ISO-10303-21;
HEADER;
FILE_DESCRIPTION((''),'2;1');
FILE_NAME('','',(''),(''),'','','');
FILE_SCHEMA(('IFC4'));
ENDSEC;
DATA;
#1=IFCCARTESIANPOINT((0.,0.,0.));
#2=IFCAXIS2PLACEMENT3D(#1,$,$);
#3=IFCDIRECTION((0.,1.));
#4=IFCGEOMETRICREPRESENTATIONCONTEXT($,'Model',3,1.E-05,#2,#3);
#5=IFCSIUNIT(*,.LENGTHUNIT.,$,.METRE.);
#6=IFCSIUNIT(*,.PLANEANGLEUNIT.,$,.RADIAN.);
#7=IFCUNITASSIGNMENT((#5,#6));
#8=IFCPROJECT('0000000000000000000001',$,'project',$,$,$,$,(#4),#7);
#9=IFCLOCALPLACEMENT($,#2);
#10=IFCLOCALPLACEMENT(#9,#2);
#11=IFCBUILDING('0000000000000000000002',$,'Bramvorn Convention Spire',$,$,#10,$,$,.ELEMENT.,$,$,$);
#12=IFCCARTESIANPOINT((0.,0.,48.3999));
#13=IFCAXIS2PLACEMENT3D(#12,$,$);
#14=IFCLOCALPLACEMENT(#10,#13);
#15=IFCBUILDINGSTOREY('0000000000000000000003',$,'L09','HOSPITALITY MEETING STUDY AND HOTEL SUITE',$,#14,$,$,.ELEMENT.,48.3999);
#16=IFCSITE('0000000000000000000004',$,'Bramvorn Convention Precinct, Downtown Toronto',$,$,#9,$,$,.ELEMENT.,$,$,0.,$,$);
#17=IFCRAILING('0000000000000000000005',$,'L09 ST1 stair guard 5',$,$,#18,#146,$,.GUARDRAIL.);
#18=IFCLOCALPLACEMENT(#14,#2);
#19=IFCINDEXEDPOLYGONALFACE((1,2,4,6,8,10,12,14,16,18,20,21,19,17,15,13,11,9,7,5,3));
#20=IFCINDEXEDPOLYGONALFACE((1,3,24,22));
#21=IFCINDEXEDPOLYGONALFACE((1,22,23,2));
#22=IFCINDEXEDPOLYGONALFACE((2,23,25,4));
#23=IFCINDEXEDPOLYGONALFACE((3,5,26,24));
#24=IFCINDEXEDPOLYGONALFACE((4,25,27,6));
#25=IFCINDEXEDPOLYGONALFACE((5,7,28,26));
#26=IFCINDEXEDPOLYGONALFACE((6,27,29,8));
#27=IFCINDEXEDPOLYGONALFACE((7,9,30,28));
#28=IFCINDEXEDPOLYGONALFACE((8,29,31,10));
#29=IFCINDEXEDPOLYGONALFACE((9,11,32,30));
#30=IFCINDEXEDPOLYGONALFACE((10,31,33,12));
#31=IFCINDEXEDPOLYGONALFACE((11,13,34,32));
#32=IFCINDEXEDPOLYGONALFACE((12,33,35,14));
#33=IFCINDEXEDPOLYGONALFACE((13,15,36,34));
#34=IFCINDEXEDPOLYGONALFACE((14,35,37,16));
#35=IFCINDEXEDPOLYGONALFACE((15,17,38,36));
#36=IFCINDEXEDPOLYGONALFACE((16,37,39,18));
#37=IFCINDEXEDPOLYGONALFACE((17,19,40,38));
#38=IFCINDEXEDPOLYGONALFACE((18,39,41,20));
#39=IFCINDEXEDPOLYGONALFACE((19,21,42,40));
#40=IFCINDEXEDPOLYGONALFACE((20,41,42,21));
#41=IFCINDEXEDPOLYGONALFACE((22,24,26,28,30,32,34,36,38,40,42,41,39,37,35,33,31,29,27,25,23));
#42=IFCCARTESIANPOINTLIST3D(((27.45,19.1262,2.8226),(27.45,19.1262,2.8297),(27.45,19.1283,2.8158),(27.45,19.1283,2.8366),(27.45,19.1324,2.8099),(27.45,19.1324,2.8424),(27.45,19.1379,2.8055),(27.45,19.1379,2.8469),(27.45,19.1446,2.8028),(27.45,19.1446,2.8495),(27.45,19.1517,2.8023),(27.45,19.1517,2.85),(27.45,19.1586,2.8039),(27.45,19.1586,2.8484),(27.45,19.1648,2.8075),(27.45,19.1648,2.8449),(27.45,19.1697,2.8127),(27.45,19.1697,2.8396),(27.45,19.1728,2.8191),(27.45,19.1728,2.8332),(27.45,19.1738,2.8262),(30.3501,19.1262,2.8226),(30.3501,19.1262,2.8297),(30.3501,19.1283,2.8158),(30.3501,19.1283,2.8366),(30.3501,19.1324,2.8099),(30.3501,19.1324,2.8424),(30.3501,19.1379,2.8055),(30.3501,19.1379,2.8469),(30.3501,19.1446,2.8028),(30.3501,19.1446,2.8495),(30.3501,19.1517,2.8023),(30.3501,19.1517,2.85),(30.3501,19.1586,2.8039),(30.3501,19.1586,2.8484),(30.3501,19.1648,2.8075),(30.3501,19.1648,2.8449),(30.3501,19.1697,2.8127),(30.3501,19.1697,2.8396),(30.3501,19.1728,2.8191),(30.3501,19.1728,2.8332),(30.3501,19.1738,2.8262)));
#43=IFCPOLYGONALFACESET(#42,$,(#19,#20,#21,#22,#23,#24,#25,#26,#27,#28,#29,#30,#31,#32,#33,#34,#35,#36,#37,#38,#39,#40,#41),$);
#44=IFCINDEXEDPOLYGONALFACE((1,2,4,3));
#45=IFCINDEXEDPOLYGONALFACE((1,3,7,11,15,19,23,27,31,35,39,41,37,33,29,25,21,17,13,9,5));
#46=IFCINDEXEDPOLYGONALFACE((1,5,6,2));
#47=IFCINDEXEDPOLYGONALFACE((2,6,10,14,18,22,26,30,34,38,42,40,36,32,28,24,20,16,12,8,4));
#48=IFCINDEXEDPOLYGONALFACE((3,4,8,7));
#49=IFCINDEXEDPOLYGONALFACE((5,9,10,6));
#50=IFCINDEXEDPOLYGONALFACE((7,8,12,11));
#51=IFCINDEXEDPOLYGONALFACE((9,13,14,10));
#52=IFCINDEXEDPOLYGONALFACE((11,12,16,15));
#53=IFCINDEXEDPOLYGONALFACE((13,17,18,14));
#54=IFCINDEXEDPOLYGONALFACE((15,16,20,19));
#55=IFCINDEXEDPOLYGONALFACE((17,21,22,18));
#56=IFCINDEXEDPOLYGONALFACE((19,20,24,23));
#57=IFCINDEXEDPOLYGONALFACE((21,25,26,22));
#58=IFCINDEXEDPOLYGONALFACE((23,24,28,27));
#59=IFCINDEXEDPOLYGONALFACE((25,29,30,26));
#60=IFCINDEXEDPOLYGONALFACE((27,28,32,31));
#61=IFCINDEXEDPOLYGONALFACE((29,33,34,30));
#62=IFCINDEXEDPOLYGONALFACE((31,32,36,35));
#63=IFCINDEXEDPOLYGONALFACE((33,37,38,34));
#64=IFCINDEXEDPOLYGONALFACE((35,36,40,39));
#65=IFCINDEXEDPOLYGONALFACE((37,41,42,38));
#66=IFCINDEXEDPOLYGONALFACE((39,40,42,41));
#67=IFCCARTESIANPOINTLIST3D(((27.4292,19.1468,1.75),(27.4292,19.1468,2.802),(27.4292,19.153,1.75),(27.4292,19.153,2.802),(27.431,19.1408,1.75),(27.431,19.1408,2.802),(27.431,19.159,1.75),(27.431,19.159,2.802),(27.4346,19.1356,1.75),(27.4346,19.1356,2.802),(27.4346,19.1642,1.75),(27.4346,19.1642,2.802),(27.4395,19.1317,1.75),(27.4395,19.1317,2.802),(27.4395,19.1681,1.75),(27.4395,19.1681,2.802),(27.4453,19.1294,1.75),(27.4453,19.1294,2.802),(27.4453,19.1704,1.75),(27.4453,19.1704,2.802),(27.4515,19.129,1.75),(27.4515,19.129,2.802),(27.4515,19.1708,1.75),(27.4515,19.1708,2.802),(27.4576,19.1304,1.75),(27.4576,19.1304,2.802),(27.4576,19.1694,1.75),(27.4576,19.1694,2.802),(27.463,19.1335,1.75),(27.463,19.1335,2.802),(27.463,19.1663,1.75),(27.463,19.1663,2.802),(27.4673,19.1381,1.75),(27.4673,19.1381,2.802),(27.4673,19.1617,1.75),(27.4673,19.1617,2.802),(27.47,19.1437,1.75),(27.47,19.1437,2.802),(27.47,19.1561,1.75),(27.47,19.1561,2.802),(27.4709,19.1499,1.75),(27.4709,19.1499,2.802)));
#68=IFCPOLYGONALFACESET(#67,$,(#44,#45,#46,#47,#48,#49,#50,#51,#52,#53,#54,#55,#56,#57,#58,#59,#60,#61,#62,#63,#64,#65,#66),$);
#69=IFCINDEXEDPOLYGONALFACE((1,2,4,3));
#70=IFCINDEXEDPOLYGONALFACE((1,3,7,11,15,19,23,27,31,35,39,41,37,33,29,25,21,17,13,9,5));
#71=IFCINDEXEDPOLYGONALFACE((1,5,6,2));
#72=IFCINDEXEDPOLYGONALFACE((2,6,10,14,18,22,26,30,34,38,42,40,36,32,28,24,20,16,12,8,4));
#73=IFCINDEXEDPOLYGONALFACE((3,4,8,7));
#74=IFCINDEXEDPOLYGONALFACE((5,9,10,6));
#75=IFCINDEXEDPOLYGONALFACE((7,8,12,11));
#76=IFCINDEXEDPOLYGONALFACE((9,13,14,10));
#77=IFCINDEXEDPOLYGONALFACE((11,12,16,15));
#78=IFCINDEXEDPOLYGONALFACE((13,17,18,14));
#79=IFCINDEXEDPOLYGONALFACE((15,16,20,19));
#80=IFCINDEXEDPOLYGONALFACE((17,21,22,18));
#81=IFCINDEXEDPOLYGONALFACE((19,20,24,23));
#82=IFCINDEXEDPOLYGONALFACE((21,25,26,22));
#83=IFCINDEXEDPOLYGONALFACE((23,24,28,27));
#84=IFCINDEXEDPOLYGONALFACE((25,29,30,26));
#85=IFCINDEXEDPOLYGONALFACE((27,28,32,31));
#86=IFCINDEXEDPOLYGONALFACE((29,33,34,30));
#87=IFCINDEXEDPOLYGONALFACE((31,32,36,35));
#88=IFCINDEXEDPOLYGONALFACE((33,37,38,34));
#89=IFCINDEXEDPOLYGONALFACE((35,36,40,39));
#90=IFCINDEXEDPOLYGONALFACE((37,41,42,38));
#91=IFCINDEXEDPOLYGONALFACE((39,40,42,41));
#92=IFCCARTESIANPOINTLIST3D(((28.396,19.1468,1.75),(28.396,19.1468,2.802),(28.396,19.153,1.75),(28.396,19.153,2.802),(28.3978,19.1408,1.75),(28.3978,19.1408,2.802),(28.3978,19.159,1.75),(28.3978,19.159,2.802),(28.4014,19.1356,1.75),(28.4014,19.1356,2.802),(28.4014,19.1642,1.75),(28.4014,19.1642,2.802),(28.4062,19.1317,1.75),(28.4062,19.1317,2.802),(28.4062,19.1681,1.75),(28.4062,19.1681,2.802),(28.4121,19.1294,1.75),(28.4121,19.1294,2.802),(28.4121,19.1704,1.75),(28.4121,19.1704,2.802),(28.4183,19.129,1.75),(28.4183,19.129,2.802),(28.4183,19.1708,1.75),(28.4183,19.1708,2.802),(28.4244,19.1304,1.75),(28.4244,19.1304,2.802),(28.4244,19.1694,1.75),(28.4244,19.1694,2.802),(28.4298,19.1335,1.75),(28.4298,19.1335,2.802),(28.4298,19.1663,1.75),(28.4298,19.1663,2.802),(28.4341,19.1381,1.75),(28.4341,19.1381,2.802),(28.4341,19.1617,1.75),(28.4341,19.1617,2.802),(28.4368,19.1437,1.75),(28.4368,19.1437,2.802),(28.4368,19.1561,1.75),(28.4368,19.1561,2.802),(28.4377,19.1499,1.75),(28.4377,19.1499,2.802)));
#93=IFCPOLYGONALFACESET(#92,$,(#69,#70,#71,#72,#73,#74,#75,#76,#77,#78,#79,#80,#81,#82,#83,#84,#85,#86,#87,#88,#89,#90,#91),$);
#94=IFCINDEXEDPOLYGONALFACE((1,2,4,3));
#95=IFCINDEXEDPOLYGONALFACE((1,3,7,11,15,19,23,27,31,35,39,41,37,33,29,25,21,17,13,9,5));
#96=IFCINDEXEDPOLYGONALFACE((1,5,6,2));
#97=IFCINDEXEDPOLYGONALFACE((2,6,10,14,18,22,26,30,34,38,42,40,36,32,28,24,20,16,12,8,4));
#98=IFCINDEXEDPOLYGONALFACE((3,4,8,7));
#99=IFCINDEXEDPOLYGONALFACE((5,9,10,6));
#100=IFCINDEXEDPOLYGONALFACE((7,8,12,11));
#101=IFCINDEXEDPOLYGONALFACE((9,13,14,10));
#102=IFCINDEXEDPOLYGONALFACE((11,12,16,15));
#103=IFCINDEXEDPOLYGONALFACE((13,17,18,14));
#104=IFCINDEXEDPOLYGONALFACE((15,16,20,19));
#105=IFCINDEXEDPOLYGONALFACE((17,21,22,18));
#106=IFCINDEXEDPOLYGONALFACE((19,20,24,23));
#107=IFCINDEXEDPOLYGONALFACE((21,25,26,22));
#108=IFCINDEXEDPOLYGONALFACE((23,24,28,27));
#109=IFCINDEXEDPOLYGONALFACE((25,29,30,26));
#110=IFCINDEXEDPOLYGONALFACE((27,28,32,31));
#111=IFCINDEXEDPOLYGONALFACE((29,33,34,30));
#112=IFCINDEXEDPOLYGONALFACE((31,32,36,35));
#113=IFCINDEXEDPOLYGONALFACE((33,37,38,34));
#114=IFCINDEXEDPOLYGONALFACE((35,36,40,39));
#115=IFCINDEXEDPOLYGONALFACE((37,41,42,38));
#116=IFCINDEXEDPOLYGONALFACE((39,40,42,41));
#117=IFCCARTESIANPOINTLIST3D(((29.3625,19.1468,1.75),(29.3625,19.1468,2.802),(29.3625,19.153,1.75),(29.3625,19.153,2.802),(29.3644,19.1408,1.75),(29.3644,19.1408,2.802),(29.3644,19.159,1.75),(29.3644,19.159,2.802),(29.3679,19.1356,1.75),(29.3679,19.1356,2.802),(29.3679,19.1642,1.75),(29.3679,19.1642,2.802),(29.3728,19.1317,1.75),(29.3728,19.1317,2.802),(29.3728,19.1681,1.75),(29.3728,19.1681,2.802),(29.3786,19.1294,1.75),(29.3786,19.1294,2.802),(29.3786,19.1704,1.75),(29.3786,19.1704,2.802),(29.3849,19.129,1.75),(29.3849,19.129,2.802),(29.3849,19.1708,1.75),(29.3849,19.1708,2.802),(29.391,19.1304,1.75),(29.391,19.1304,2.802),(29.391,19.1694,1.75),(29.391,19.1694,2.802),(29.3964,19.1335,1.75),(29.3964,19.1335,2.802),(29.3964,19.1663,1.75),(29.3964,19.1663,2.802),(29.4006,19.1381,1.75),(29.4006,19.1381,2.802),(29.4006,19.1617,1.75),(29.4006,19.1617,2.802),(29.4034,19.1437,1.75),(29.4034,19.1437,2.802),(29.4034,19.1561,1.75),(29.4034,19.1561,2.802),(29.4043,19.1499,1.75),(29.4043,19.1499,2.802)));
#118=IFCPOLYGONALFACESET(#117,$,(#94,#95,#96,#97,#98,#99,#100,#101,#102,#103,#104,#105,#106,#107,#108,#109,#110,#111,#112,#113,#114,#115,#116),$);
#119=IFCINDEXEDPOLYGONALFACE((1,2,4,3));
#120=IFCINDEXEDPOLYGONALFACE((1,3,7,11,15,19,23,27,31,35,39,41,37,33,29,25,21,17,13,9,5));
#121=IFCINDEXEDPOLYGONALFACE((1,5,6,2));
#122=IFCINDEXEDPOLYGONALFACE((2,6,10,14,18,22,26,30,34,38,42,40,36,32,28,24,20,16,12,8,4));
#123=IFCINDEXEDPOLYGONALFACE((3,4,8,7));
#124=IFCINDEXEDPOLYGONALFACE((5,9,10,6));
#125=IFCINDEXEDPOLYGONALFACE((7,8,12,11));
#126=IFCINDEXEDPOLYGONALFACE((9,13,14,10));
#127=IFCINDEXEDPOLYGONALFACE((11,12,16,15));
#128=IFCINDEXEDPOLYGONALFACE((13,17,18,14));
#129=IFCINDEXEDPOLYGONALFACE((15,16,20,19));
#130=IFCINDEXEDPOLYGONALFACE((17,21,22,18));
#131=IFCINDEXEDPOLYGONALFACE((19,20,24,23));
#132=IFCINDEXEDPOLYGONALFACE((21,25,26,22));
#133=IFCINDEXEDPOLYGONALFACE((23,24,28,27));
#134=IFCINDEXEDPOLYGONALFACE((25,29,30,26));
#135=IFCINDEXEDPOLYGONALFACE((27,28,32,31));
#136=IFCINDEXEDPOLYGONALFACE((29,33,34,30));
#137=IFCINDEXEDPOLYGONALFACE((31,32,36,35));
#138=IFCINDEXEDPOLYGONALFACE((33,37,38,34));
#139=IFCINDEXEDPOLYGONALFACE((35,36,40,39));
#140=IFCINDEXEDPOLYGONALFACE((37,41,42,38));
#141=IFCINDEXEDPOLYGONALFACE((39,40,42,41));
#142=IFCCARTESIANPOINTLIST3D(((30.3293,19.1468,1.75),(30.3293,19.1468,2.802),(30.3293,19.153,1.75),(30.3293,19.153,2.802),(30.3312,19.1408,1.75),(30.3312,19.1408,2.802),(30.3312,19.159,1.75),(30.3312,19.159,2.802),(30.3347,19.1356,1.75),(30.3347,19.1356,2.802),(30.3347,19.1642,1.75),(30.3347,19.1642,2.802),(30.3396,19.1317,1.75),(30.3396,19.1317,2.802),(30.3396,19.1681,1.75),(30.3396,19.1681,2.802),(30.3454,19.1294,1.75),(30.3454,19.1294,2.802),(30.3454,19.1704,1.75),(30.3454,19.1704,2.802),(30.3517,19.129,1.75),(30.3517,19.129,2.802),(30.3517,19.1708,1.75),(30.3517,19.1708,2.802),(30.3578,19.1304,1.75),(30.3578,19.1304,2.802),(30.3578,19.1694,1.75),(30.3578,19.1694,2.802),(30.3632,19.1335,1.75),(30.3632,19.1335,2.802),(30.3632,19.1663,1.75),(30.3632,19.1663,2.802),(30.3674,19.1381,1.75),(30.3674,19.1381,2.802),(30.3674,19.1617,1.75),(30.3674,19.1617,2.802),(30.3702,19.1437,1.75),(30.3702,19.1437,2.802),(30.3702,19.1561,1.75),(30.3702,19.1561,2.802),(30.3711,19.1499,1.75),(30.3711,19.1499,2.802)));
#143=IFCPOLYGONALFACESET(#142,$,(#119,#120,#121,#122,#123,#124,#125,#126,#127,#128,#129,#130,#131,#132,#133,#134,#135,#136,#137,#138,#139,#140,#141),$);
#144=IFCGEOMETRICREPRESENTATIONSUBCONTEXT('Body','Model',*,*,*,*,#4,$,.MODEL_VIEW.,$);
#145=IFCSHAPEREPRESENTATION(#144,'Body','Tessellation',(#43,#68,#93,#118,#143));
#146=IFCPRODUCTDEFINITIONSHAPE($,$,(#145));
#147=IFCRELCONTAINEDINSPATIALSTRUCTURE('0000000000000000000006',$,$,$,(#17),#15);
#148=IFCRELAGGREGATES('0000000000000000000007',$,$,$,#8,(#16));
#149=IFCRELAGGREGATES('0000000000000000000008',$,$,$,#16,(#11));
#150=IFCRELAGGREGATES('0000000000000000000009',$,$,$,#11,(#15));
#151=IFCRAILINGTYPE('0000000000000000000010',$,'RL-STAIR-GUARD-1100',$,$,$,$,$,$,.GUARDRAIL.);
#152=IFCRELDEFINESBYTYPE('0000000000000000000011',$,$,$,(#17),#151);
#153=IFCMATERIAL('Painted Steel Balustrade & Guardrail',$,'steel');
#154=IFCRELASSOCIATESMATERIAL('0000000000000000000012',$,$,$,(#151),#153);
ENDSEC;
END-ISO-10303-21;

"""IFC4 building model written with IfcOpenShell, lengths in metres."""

from ifc_helpers import new_model, si_unit, direction, frame, origin, origin_2d, place, context, subcontext, project, spatial, circle, extrude, material, type_object, element, save


model = new_model("IFC4")

# Units and contexts
model_context = context("Model", 3, precision=1e-05, world=origin(), true_north=direction((0.0, 1.0)))
body_context = subcontext(model_context, "Body", "Model", "MODEL_VIEW")
ifc_project = project(units=[si_unit("LENGTHUNIT", "METRE"), si_unit("PLANEANGLEUNIT", "RADIAN")], contexts=[model_context])

# Site, building, storey
site_placement = place(None, origin())
site = spatial("IfcSite", under=ifc_project, at=site_placement, Name="Bramvorn Convention Precinct, Downtown Toronto", CompositionType="ELEMENT", RefElevation=0.0)
building_placement = place(site_placement, origin())
building = spatial("IfcBuilding", under=site, at=building_placement, Name="Bramvorn Convention Spire", CompositionType="ELEMENT")
storey_placement = place(building_placement, frame((0.0, 0.0, 48.3999)))
storey = spatial("IfcBuildingStorey", under=building, at=storey_placement, Name="L09", Description="HOSPITALITY MEETING STUDY AND HOTEL SUITE", CompositionType="ELEMENT", Elevation=48.3999)

# Railing
ifc_material_1 = material(Name="Painted Steel Balustrade & Guardrail", Category="steel")
railing_type = type_object("IfcRailingType", Name="RL-STAIR-GUARD-1100", PredefinedType="GUARDRAIL", material=ifc_material_1)
railing_1_placement = place(storey_placement, frame((27.45, 19.1499, 1.75)))
element("IfcRailing", 1, at=railing_1_placement, inside=storey, type_object=railing_type, Name="L09 ST1 stair guard 5", PredefinedType="GUARDRAIL", context=body_context, shape_type="SweptSolid", body=[
    extrude(circle(Radius=0.0239, at=origin_2d()), frame((0.0, 0.0, 1.0762), z_axis=(1.0, 0.0, 0.0), x_axis=(0.0, 1.0, 0.0)), (0.0, 0.0, 1.0), 2.9001),
    extrude(circle(Radius=0.021, at=origin_2d()), origin(), (0.0, 0.0, 1.0), 1.052),
    extrude(circle(Radius=0.021, at=origin_2d()), frame((0.9668, 0.0, 0.0)), (0.0, 0.0, 1.0), 1.052),
    extrude(circle(Radius=0.021, at=origin_2d()), frame((1.9333, 0.0, 0.0)), (0.0, 0.0, 1.0), 1.052),
    extrude(circle(Radius=0.021, at=origin_2d()), frame((2.9001, 0.0, 0.0)), (0.0, 0.0, 1.0), 1.052),
])

save(model, "model.ifc")
